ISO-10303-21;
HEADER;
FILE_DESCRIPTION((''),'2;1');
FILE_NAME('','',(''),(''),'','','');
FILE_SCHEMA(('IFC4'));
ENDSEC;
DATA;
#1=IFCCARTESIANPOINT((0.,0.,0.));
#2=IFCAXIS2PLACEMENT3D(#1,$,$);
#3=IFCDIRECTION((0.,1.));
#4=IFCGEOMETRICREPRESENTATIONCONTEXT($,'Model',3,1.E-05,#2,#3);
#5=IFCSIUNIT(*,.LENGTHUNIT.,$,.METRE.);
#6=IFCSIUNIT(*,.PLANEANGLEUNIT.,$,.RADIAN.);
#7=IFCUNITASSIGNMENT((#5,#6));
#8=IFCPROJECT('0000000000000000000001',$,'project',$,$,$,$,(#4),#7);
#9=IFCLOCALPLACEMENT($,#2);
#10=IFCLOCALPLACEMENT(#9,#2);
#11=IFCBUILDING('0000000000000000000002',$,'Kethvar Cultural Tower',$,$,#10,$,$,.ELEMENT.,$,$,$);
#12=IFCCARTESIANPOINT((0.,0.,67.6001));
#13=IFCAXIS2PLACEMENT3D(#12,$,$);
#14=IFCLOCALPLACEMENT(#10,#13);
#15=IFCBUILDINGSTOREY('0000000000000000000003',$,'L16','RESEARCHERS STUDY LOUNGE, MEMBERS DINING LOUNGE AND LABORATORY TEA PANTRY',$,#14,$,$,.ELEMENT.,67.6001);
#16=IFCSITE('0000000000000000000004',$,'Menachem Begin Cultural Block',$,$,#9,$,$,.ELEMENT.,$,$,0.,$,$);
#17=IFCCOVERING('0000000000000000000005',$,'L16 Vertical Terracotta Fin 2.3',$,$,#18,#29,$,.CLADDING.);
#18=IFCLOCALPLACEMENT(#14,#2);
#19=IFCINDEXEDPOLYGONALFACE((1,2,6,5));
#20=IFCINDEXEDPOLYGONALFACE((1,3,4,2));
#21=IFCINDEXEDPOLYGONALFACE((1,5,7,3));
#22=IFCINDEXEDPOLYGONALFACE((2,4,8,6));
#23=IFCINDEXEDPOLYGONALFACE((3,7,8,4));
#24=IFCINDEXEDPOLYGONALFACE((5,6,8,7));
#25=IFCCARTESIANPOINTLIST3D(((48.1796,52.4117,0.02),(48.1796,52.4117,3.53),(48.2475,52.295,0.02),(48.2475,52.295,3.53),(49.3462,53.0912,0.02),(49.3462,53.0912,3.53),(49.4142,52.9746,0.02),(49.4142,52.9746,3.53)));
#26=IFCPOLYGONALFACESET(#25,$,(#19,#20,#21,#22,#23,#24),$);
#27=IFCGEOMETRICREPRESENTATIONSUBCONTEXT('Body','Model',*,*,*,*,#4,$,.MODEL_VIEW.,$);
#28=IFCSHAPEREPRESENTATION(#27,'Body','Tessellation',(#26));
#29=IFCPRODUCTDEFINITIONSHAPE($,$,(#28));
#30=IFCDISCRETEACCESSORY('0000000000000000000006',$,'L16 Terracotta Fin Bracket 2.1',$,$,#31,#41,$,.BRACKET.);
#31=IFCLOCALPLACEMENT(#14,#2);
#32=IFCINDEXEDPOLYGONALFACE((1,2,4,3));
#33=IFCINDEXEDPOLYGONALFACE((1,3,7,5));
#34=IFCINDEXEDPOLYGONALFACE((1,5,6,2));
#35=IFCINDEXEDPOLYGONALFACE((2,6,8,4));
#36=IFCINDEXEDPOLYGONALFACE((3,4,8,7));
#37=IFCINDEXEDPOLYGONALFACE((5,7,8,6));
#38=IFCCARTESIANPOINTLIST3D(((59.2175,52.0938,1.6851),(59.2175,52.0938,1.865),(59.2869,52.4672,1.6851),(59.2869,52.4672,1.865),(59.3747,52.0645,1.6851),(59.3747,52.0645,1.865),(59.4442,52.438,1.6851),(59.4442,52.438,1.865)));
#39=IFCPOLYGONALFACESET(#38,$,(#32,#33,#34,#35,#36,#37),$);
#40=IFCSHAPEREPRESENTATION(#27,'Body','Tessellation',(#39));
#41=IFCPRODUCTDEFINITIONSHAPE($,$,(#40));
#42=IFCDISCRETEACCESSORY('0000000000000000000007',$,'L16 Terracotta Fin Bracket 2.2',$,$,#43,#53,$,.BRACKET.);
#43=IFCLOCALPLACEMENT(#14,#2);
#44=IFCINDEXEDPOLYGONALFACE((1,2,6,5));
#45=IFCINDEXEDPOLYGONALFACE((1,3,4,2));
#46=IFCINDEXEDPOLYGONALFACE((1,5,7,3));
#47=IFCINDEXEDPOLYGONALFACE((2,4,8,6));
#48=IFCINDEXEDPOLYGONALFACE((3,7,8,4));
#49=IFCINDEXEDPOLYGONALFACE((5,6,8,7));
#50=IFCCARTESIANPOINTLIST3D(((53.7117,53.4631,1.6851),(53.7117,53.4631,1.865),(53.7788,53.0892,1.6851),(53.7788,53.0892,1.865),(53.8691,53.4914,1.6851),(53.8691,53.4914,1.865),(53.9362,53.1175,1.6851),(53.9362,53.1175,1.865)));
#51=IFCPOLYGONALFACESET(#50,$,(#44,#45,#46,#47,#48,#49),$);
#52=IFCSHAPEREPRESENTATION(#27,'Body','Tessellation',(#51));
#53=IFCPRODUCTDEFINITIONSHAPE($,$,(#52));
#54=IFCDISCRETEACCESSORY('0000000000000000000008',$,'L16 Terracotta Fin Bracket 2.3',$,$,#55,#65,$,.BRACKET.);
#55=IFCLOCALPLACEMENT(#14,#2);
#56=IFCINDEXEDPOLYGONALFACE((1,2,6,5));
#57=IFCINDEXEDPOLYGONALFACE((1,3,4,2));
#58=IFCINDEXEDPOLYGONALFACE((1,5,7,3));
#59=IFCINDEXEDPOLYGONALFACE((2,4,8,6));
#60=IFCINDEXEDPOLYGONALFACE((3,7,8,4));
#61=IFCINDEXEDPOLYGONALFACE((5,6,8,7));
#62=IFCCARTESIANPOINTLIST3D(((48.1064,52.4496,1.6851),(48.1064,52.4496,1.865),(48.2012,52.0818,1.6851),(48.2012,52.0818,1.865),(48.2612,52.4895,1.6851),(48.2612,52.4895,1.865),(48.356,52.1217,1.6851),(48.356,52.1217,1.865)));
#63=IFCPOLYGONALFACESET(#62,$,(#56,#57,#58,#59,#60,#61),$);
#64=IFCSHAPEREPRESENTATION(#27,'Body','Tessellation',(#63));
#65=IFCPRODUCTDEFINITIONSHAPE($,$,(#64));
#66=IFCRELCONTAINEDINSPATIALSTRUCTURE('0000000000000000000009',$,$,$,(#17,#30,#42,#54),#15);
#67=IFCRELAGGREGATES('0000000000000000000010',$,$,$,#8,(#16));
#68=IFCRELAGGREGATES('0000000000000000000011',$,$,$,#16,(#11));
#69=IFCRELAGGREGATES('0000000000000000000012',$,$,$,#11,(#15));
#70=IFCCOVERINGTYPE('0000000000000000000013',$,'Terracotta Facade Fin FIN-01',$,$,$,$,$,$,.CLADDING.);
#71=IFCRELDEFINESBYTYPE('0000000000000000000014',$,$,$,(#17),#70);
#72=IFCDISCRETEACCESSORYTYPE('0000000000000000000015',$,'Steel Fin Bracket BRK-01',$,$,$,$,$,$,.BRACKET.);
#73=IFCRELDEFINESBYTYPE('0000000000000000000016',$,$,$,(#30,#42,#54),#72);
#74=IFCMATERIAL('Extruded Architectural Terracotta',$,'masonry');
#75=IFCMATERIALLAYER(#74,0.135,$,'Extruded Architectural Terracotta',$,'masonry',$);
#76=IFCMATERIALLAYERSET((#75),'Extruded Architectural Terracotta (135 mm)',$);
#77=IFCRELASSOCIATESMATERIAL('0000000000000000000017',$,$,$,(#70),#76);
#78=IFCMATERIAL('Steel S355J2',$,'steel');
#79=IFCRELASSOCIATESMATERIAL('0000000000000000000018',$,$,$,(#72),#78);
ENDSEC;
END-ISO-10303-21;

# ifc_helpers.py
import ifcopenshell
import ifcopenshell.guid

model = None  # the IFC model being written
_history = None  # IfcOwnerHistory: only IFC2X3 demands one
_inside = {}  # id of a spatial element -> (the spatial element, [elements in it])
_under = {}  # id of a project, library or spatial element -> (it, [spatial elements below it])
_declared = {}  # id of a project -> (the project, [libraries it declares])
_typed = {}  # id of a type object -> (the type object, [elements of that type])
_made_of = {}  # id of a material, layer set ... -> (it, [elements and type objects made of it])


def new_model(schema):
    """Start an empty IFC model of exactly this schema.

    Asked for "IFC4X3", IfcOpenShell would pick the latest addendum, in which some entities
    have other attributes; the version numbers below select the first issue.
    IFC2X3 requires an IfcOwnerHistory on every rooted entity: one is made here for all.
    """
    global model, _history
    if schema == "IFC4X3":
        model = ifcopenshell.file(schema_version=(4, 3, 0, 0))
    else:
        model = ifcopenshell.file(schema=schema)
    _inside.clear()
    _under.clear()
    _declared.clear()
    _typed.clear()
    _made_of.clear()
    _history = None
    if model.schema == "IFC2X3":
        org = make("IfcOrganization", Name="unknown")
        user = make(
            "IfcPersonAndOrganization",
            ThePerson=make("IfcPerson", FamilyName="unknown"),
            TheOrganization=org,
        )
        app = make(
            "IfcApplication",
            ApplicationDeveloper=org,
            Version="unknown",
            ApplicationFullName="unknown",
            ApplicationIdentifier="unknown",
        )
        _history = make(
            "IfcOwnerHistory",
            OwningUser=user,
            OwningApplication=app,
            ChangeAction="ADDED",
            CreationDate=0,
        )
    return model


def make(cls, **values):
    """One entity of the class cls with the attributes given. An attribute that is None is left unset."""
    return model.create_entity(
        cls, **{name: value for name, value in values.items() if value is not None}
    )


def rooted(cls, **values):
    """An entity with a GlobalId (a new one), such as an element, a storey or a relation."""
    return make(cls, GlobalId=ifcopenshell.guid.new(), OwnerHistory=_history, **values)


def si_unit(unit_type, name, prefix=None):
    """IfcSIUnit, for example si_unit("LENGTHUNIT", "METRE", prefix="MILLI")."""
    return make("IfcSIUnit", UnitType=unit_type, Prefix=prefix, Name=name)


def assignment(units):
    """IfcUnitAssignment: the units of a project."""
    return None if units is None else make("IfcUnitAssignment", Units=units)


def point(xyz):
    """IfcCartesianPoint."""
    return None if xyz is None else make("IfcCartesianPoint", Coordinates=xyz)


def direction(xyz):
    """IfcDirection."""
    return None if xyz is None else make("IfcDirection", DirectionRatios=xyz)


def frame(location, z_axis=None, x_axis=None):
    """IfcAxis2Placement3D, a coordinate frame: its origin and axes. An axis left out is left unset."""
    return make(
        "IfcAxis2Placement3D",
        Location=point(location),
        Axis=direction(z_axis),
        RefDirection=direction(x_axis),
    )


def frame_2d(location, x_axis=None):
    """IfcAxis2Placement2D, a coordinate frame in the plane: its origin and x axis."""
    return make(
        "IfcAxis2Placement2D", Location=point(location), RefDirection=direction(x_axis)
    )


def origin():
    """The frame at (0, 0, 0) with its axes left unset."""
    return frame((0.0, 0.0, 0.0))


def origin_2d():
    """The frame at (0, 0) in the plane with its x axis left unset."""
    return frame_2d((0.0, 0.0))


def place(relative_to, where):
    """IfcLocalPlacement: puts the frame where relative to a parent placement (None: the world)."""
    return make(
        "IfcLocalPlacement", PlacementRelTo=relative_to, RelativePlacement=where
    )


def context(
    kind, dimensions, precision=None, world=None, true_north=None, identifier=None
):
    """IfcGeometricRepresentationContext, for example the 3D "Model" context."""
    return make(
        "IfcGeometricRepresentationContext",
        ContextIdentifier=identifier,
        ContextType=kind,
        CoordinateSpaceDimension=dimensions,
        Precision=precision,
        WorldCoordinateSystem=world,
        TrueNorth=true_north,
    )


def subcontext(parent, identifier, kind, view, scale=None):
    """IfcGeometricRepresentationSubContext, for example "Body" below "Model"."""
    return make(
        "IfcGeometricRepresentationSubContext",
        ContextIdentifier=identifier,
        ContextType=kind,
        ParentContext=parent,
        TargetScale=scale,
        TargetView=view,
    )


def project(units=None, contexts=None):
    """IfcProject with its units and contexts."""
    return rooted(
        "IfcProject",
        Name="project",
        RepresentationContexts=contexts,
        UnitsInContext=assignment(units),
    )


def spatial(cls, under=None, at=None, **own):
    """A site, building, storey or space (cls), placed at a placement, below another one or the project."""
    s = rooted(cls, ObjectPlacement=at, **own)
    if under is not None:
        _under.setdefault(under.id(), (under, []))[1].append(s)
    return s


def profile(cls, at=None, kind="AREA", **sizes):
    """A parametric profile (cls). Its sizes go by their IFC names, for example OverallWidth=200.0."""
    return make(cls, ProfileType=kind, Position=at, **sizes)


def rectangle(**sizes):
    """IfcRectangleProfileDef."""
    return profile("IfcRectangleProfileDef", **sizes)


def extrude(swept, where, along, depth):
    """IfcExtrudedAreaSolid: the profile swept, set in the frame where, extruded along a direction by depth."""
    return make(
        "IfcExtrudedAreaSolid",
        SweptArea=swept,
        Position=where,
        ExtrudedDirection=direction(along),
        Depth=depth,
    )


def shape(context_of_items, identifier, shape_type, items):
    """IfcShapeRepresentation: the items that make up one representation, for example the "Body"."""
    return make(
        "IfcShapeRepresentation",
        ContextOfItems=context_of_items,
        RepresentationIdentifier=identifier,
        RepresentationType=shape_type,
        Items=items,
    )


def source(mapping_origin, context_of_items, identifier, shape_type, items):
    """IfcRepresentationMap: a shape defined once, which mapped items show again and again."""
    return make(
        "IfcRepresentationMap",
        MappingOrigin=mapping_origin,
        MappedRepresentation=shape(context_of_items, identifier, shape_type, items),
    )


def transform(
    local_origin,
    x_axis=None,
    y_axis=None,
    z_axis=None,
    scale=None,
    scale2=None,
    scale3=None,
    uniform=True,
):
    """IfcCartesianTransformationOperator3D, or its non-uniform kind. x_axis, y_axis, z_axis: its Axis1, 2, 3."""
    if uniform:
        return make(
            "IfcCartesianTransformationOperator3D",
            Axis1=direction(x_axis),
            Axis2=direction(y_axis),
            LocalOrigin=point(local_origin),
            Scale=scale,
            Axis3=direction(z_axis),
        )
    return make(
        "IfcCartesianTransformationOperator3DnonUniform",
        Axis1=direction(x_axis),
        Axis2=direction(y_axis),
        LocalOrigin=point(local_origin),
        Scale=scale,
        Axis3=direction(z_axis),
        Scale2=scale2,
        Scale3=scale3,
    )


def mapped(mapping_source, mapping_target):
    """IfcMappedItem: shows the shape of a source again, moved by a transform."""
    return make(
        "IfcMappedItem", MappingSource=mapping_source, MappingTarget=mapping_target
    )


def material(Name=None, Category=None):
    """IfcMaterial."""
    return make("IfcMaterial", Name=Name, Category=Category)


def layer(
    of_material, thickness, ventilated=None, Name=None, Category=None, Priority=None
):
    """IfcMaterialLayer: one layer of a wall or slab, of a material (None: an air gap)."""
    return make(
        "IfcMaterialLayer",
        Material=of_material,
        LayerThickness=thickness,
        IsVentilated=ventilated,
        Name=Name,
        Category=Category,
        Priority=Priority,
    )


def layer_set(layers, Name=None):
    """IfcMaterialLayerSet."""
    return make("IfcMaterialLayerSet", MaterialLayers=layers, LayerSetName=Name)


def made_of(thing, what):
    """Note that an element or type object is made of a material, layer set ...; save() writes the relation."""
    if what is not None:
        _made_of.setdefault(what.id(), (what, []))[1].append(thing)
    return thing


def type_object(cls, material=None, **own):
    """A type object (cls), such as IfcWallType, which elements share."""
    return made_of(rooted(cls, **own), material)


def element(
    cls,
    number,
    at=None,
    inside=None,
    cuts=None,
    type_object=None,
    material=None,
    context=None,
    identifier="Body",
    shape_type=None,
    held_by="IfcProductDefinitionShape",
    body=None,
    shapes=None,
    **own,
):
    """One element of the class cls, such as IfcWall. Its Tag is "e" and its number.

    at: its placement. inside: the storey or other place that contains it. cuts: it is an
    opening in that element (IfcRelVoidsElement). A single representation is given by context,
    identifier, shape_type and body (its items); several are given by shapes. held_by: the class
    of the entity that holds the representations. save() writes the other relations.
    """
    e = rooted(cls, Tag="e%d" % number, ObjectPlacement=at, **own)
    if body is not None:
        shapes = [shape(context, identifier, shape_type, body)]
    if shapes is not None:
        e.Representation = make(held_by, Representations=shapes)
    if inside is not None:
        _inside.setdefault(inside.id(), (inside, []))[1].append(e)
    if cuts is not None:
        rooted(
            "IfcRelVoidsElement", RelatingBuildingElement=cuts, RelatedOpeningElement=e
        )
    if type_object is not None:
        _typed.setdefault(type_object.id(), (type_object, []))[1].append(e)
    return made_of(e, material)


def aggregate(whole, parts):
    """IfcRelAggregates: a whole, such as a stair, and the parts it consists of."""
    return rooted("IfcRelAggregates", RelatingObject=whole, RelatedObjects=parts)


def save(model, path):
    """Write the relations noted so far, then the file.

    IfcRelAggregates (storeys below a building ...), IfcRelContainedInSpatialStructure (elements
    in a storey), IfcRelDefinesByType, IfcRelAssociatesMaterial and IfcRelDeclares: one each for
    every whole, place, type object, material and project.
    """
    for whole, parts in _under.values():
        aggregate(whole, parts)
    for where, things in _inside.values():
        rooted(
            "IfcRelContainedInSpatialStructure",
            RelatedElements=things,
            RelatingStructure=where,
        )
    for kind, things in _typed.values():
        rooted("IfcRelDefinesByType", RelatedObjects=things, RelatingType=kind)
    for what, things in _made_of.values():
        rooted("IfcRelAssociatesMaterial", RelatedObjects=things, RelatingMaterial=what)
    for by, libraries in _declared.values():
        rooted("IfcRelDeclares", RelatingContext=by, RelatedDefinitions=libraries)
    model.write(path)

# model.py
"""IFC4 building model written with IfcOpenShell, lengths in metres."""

from ifc_helpers import new_model, si_unit, direction, frame, origin, origin_2d, place, context, subcontext, project, spatial, rectangle, extrude, source, transform, mapped, material, layer, layer_set, type_object, element, save


model = new_model("IFC4")

# Units and contexts
model_context = context("Model", 3, precision=1e-05, world=origin(), true_north=direction((0.0, 1.0)))
body_context = subcontext(model_context, "Body", "Model", "MODEL_VIEW")
ifc_project = project(units=[si_unit("LENGTHUNIT", "METRE"), si_unit("PLANEANGLEUNIT", "RADIAN")], contexts=[model_context])

# Site, building, storey
site_placement = place(None, origin())
site = spatial("IfcSite", under=ifc_project, at=site_placement, Name="Menachem Begin Cultural Block", CompositionType="ELEMENT", RefElevation=0.0)
building_placement = place(site_placement, origin())
building = spatial("IfcBuilding", under=site, at=building_placement, Name="Kethvar Cultural Tower", CompositionType="ELEMENT")
storey_placement = place(building_placement, frame((0.0, 0.0, 67.6001)))
storey = spatial("IfcBuildingStorey", under=building, at=storey_placement, Name="L16", Description="RESEARCHERS STUDY LOUNGE, MEMBERS DINING LOUNGE AND LABORATORY TEA PANTRY", CompositionType="ELEMENT", Elevation=67.6001)

# Shared definitions
ifc_material_1 = material(Name="Steel S355J2", Category="steel")

# Covering
ifc_material_2 = material(Name="Extruded Architectural Terracotta", Category="masonry")
ifc_layer_1 = layer(ifc_material_2, 0.135, Name="Extruded Architectural Terracotta", Category="masonry")
ifc_layer_set_1 = layer_set([ifc_layer_1], Name="Extruded Architectural Terracotta (135 mm)")
covering_type = type_object("IfcCoveringType", Name="Terracotta Facade Fin FIN-01", PredefinedType="CLADDING", material=ifc_layer_set_1)
shared_shape_1 = source(origin(), body_context, "Body", "SweptSolid", [
    extrude(rectangle(XDim=1.3501, YDim=0.135, at=origin_2d()), origin(), (0.0, 0.0, 1.0), 3.51),
])
for number, where, z_axis, x_axis, name in (
    (1, (48.7969, 52.6931, 0.02), (0.0, 0.0, 1.0), (0.864099, 0.503322, 0.0), "L16 Vertical Terracotta Fin 2.3"),
):
    element("IfcCovering", number, at=place(storey_placement, frame(where, z_axis=z_axis, x_axis=x_axis)), inside=storey, type_object=covering_type, Name=name, PredefinedType="CLADDING", context=body_context, shape_type="MappedRepresentation", body=[
        mapped(shared_shape_1, transform((0.0, 0.0, 0.0), scale=1.0)),
    ])

# Discrete accessories
discrete_accessory_type = type_object("IfcDiscreteAccessoryType", Name="Steel Fin Bracket BRK-01", PredefinedType="BRACKET", material=ifc_material_1)
shared_shape_2 = source(origin(), body_context, "Body", "SweptSolid", [
    extrude(rectangle(XDim=0.3799, YDim=0.1599, at=origin_2d()), origin(), (0.0, 0.0, 1.0), 0.1799),
])
for number, where, z_axis, x_axis, name in (
    (2, (59.3308, 52.2659, 1.6851), (0.0, 0.0, 1.0), (0.182922, 0.983127, 0.0), "L16 Terracotta Fin Bracket 2.1"),
    (3, (53.824, 53.2903, 1.6851), (0.0, 0.0, 1.0), (-0.176741, 0.984257, 0.0), "L16 Terracotta Fin Bracket 2.2"),
    (4, (48.2312, 52.2856, 1.6851), (0.0, 0.0, 1.0), (-0.249535, 0.968366, 0.0), "L16 Terracotta Fin Bracket 2.3"),
):
    element("IfcDiscreteAccessory", number, at=place(storey_placement, frame(where, z_axis=z_axis, x_axis=x_axis)), inside=storey, type_object=discrete_accessory_type, Name=name, PredefinedType="BRACKET", context=body_context, shape_type="MappedRepresentation", body=[
        mapped(shared_shape_2, transform((0.0, 0.0, 0.0), scale=1.0)),
    ])

save(model, "model.ifc")
